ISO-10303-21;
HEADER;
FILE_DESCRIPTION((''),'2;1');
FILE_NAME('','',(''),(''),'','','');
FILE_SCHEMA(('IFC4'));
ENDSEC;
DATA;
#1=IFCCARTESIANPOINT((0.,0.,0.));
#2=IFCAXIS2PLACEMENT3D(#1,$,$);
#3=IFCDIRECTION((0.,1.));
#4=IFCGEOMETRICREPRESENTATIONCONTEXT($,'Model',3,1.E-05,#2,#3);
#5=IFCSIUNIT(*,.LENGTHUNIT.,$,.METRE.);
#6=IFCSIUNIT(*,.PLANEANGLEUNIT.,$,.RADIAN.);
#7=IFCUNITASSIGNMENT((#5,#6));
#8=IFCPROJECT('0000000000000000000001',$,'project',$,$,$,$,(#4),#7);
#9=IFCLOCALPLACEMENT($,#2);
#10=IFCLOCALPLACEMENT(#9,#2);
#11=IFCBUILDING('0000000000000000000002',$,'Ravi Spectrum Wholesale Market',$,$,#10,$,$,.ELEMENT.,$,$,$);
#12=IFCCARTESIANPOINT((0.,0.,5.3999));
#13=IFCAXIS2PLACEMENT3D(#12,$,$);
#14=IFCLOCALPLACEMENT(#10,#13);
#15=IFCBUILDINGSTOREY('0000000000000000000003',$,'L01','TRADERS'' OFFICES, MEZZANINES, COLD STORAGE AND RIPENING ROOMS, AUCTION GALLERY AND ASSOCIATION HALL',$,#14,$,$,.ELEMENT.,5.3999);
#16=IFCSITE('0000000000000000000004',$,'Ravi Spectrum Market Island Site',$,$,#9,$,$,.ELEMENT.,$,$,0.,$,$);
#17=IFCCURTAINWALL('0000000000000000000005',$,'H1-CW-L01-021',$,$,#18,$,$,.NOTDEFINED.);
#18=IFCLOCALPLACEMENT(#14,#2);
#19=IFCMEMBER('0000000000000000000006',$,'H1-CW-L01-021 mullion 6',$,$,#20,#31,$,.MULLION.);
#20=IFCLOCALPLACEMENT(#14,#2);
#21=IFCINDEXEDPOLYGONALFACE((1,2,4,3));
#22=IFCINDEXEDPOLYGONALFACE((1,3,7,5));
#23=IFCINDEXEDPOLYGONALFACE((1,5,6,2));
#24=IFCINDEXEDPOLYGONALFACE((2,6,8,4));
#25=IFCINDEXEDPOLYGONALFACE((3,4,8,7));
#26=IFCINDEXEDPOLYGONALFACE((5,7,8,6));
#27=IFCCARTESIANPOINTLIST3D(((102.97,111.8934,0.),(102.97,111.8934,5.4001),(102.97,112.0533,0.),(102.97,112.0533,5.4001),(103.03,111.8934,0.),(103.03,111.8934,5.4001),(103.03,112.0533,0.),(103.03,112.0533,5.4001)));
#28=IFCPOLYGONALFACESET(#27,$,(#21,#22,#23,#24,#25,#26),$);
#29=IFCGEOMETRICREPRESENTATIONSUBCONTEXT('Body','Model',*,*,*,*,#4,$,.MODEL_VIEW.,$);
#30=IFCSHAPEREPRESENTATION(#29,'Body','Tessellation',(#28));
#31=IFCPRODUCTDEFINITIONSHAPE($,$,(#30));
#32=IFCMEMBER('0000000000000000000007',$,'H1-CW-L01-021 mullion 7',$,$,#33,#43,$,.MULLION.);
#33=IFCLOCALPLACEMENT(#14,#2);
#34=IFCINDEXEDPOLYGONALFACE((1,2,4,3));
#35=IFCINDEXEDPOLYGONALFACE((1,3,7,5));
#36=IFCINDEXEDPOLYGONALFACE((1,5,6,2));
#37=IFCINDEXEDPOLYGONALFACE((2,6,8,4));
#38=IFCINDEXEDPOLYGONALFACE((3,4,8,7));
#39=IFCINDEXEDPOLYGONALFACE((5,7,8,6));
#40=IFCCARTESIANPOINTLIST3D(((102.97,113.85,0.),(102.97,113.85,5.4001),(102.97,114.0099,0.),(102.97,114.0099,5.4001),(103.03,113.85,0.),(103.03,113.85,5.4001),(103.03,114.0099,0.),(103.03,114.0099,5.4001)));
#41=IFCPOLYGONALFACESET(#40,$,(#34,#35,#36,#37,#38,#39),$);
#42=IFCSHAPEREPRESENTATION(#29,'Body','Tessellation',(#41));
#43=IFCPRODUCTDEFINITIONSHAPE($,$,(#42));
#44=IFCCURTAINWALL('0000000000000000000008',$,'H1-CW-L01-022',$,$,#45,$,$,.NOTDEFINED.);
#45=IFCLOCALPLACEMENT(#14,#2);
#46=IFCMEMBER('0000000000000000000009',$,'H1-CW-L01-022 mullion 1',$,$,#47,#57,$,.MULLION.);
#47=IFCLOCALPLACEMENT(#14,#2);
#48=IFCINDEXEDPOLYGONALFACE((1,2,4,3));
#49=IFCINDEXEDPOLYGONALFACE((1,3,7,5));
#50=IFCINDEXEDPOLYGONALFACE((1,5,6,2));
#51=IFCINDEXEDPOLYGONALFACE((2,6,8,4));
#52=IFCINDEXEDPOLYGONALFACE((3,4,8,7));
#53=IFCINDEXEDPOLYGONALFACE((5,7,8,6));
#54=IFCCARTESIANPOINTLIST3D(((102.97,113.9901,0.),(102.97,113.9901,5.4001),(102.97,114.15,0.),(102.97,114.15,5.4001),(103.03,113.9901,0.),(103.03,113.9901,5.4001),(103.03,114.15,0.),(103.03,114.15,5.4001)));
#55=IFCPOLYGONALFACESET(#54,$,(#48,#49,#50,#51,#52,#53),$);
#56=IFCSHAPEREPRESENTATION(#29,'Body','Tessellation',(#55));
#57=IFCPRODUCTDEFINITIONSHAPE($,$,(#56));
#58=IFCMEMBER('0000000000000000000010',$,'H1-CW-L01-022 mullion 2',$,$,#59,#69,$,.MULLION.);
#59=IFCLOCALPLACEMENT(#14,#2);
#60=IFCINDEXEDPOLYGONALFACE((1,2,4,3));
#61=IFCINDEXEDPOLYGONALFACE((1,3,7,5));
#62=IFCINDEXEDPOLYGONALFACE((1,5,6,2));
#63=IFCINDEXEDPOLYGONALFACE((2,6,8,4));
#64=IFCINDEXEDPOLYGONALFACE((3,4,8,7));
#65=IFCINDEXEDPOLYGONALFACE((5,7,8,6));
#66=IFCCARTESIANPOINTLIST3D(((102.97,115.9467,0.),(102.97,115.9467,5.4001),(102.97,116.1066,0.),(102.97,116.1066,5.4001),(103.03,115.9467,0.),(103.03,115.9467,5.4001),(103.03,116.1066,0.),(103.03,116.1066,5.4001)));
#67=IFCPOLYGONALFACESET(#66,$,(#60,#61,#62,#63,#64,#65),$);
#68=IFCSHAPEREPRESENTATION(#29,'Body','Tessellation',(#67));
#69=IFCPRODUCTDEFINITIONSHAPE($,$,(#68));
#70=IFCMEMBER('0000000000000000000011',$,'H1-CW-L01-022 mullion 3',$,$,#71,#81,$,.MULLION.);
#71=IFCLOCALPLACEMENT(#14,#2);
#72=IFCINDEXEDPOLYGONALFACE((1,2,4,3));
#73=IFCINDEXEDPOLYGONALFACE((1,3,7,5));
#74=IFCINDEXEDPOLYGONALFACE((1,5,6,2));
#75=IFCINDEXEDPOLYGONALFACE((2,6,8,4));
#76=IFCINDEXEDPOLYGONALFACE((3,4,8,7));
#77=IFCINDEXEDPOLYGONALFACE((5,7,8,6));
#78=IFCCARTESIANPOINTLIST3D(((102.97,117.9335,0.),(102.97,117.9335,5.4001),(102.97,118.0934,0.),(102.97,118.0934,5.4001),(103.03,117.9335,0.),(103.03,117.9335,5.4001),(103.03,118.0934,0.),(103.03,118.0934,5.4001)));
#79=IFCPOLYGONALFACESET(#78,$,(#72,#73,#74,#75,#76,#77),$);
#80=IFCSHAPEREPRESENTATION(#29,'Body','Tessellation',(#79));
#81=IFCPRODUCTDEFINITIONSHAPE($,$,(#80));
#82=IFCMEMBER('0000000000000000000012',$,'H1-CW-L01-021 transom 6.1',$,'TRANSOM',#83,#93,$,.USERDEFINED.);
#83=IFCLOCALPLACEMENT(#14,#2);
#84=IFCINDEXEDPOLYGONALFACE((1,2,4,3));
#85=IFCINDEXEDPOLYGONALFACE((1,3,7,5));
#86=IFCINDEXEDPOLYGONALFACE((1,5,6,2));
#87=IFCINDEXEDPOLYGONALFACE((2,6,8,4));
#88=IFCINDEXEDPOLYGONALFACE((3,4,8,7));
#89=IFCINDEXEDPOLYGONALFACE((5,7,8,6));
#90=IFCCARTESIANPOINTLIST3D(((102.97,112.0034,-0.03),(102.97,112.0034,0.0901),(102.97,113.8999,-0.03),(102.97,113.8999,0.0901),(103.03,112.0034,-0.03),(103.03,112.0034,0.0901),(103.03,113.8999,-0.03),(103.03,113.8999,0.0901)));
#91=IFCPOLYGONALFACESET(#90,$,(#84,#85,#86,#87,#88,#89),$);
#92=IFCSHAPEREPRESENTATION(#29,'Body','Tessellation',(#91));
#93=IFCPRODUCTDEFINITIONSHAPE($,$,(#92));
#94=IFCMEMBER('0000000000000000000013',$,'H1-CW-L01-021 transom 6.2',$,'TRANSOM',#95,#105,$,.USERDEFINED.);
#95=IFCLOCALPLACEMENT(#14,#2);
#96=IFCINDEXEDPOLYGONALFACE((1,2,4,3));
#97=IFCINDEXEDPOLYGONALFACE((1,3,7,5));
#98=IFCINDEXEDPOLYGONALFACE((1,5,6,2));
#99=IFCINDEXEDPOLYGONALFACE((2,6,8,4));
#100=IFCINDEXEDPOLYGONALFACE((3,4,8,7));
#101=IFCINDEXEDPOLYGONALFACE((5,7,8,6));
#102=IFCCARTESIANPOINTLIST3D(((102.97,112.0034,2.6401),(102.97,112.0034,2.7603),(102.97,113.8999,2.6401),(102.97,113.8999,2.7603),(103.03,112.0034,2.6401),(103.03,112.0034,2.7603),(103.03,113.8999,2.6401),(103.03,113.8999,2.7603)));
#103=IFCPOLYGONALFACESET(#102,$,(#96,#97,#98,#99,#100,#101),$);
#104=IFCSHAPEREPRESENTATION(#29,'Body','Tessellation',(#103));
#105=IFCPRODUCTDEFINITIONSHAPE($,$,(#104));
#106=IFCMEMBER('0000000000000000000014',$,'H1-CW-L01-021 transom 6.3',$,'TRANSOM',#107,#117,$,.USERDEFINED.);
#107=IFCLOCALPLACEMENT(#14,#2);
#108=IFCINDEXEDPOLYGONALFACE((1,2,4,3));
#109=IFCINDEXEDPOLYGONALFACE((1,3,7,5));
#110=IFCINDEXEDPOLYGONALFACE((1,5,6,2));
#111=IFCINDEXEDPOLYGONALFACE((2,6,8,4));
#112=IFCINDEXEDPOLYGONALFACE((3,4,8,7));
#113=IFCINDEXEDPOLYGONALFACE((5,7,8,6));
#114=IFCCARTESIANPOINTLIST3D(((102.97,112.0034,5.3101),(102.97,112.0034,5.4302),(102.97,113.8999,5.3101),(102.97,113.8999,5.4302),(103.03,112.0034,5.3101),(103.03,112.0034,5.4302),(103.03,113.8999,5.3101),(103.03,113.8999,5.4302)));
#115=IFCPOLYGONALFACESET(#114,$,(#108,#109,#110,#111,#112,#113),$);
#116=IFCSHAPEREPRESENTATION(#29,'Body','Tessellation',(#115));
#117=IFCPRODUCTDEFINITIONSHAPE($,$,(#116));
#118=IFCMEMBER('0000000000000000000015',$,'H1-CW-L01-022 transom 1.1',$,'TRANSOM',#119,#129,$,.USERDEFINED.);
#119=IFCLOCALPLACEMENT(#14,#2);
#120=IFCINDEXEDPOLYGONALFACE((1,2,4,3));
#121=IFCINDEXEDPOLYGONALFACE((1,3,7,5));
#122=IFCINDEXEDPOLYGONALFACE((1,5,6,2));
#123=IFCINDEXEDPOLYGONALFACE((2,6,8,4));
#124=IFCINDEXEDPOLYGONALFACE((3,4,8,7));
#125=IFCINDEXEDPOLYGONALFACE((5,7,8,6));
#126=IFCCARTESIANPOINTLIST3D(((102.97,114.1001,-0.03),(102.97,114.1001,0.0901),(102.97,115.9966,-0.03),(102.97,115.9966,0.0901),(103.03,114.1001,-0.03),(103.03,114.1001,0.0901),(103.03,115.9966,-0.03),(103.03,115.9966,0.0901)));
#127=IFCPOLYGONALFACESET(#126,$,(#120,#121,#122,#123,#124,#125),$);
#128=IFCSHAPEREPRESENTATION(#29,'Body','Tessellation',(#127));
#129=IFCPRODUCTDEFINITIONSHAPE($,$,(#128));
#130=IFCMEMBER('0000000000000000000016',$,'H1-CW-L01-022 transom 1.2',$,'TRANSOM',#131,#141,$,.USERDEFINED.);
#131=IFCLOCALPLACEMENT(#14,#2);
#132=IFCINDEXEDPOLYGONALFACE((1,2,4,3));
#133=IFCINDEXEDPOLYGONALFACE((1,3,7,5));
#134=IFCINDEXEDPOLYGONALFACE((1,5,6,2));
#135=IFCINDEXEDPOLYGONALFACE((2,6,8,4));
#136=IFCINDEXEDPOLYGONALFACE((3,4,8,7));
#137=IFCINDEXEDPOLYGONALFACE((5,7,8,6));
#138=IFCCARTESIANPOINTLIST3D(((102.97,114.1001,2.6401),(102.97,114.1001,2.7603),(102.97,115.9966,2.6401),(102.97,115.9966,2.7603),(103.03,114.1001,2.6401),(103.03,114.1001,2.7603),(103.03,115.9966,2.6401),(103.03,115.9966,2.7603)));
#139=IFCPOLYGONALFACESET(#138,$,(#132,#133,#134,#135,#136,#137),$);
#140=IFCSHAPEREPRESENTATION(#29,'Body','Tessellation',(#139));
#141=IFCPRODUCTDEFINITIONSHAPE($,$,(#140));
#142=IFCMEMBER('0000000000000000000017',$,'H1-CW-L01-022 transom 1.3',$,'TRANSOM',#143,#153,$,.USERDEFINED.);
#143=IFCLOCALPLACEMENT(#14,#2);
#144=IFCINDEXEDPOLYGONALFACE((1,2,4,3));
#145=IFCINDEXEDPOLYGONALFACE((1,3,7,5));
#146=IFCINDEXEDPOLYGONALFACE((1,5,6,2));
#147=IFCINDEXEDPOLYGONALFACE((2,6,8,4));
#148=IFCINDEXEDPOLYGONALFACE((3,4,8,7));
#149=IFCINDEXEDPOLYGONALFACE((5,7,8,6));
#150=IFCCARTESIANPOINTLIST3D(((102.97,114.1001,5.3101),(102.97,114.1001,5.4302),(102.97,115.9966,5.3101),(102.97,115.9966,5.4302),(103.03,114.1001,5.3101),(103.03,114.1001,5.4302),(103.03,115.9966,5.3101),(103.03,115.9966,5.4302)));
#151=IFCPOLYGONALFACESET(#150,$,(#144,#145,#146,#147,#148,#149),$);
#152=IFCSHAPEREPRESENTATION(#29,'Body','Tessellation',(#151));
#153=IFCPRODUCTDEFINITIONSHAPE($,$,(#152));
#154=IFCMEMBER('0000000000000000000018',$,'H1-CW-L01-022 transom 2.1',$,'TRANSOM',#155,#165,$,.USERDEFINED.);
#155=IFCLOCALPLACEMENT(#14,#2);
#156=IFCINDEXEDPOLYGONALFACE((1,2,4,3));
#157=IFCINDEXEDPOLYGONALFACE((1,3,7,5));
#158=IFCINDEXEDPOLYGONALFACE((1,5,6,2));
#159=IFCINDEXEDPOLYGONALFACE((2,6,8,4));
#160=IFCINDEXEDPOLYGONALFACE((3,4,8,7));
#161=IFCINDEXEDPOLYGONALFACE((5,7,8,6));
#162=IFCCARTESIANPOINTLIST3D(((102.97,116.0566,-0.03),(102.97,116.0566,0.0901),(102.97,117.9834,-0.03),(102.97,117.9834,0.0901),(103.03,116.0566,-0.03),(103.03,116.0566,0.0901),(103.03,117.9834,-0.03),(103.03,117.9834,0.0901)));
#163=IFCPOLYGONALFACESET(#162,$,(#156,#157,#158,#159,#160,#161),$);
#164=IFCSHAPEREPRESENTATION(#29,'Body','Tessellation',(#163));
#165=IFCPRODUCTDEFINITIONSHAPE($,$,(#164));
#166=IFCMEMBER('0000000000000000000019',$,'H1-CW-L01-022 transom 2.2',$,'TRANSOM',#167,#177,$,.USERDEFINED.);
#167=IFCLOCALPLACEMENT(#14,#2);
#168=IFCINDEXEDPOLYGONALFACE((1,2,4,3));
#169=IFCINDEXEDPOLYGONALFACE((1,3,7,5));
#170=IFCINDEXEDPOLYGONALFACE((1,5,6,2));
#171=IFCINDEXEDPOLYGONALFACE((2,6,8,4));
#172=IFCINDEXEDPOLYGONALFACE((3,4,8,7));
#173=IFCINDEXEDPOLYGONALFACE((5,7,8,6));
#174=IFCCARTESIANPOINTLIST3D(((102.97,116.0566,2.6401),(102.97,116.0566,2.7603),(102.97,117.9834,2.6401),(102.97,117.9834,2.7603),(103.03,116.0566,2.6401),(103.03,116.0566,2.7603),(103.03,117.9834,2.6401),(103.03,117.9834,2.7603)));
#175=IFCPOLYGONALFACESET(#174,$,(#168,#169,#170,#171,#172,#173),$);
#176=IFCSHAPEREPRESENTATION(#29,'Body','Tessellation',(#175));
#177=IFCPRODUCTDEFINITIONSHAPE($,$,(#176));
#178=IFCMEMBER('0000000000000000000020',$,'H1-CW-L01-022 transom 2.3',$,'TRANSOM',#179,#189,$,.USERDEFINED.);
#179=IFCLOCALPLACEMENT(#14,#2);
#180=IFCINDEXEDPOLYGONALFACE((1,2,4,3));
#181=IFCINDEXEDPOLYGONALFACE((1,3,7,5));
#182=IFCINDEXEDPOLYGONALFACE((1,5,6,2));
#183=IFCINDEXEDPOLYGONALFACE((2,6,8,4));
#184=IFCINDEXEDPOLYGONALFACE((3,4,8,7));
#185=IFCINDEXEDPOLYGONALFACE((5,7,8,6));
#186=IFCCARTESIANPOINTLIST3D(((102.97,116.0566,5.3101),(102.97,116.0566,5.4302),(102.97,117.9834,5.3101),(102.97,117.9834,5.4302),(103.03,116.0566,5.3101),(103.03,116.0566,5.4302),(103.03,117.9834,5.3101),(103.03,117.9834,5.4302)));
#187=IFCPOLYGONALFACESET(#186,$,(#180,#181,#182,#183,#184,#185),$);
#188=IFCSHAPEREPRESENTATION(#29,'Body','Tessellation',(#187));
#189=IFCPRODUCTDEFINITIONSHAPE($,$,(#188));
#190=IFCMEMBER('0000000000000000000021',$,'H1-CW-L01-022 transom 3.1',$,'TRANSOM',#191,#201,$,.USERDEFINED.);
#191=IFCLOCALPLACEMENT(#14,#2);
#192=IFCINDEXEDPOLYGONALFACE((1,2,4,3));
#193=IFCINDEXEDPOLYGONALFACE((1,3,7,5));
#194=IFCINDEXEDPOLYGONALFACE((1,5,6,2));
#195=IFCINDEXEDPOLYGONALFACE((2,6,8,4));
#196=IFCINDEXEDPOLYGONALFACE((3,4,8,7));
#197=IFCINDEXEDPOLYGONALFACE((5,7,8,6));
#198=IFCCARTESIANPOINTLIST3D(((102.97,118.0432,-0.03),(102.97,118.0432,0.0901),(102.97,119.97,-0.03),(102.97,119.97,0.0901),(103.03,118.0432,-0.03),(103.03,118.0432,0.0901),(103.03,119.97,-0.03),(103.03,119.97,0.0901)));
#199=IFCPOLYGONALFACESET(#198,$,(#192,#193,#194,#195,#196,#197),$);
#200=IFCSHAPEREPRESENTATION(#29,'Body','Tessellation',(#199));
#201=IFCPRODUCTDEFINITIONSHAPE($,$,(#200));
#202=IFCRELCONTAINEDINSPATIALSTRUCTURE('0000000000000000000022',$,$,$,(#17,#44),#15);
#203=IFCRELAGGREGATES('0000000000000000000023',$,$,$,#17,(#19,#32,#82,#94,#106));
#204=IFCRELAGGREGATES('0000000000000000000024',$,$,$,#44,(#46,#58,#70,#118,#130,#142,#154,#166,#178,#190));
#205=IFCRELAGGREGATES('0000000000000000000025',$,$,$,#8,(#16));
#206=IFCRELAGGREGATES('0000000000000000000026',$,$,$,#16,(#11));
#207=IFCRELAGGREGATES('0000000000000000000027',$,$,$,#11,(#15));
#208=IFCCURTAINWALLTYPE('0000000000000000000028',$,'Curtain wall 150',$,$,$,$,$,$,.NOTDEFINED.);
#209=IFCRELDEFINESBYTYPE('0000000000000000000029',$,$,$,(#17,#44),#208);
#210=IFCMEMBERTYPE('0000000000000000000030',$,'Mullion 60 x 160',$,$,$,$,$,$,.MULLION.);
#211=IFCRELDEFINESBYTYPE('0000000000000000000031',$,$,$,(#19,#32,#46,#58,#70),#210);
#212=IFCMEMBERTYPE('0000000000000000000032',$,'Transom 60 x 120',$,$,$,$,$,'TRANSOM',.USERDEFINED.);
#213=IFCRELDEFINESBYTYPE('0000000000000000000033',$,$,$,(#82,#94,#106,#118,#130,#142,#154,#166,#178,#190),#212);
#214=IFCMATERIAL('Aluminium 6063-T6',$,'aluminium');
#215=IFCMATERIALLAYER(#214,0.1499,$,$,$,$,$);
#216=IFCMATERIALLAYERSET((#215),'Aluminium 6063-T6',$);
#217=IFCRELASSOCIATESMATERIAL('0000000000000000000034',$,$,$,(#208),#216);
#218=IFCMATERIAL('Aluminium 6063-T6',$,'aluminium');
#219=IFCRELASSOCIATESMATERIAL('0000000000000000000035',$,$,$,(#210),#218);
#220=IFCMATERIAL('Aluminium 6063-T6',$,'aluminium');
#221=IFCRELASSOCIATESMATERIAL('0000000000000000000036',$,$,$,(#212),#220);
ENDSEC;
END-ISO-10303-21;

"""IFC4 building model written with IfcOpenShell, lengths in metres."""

from ifc_helpers import new_model, si_unit, direction, frame, origin, origin_2d, place, context, subcontext, project, spatial, rectangle, extrude, material, layer, layer_set, material_profile, profile_set, type_object, element, aggregate, save


model = new_model("IFC4")

# Units and contexts
model_context = context("Model", 3, precision=1e-05, world=origin(), true_north=direction((0.0, 1.0)))
body_context = subcontext(model_context, "Body", "Model", "MODEL_VIEW")
ifc_project = project(units=[si_unit("LENGTHUNIT", "METRE"), si_unit("PLANEANGLEUNIT", "RADIAN")], contexts=[model_context])

# Site, building, storey
site_placement = place(None, origin())
site = spatial("IfcSite", under=ifc_project, at=site_placement, Name="Ravi Spectrum Market Island Site", CompositionType="ELEMENT", RefElevation=0.0)
building_placement = place(site_placement, origin())
building = spatial("IfcBuilding", under=site, at=building_placement, Name="Ravi Spectrum Wholesale Market", CompositionType="ELEMENT")
storey_placement = place(building_placement, frame((0.0, 0.0, 5.3999)))
storey = spatial("IfcBuildingStorey", under=building, at=storey_placement, Name="L01", Description="TRADERS' OFFICES, MEZZANINES, COLD STORAGE AND RIPENING ROOMS, AUCTION GALLERY AND ASSOCIATION HALL", CompositionType="ELEMENT", Elevation=5.3999)

# Curtain walls, members
ifc_material_1 = material(Name="Aluminium 6063-T6", Category="aluminium")
ifc_layer_1 = layer(ifc_material_1, 0.1499)
ifc_layer_set_1 = layer_set([ifc_layer_1], Name="Aluminium 6063-T6")
curtain_wall_type = type_object("IfcCurtainWallType", Name="Curtain wall 150", PredefinedType="NOTDEFINED", material=ifc_layer_set_1)
curtain_wall_1_placement = place(storey_placement, origin())
curtain_wall_1 = element("IfcCurtainWall", 1, at=curtain_wall_1_placement, inside=storey, type_object=curtain_wall_type, Name="H1-CW-L01-021", PredefinedType="NOTDEFINED")
ifc_material_2 = material(Name="Aluminium 6063-T6", Category="aluminium")
ifc_material_profile_1 = material_profile(ifc_material_2, rectangle(XDim=0.0601, YDim=0.1599, at=origin_2d()))
ifc_profile_set_1 = profile_set([ifc_material_profile_1], Name="Aluminium 6063-T6")
member_type_1 = type_object("IfcMemberType", Name="Mullion 60 x 160", PredefinedType="MULLION", material=ifc_profile_set_1)
member_1_placement = place(storey_placement, frame((103.0, 111.9734, 0.0), z_axis=(0.0, 0.0, 1.0), x_axis=(-1.0, 0.0, 0.0)))
member_1 = element("IfcMember", 2, at=member_1_placement, type_object=member_type_1, Name="H1-CW-L01-021 mullion 6", PredefinedType="MULLION", context=body_context, shape_type="SweptSolid", body=[
    extrude(rectangle(XDim=0.0601, YDim=0.1599, at=origin_2d()), origin(), (0.0, 0.0, 1.0), 5.4001),
])
member_2_placement = place(storey_placement, frame((103.0, 113.9299, 0.0), z_axis=(0.0, 0.0, 1.0), x_axis=(-1.0, 0.0, 0.0)))
member_2 = element("IfcMember", 3, at=member_2_placement, type_object=member_type_1, Name="H1-CW-L01-021 mullion 7", PredefinedType="MULLION", context=body_context, shape_type="SweptSolid", body=[
    extrude(rectangle(XDim=0.0601, YDim=0.1599, at=origin_2d()), origin(), (0.0, 0.0, 1.0), 5.4001),
])
curtain_wall_2_placement = place(storey_placement, origin())
curtain_wall_2 = element("IfcCurtainWall", 4, at=curtain_wall_2_placement, inside=storey, type_object=curtain_wall_type, Name="H1-CW-L01-022", PredefinedType="NOTDEFINED")
member_3_placement = place(storey_placement, frame((103.0, 114.0701, 0.0), z_axis=(0.0, 0.0, 1.0), x_axis=(-1.0, 0.0, 0.0)))
member_3 = element("IfcMember", 5, at=member_3_placement, type_object=member_type_1, Name="H1-CW-L01-022 mullion 1", PredefinedType="MULLION", context=body_context, shape_type="SweptSolid", body=[
    extrude(rectangle(XDim=0.0601, YDim=0.1599, at=origin_2d()), origin(), (0.0, 0.0, 1.0), 5.4001),
])
member_4_placement = place(storey_placement, frame((103.0, 116.0266, 0.0), z_axis=(0.0, 0.0, 1.0), x_axis=(-1.0, 0.0, 0.0)))
member_4 = element("IfcMember", 6, at=member_4_placement, type_object=member_type_1, Name="H1-CW-L01-022 mullion 2", PredefinedType="MULLION", context=body_context, shape_type="SweptSolid", body=[
    extrude(rectangle(XDim=0.0601, YDim=0.1599, at=origin_2d()), origin(), (0.0, 0.0, 1.0), 5.4001),
])
member_5_placement = place(storey_placement, frame((103.0, 118.0134, 0.0), z_axis=(0.0, 0.0, 1.0), x_axis=(-1.0, 0.0, 0.0)))
member_5 = element("IfcMember", 7, at=member_5_placement, type_object=member_type_1, Name="H1-CW-L01-022 mullion 3", PredefinedType="MULLION", context=body_context, shape_type="SweptSolid", body=[
    extrude(rectangle(XDim=0.0601, YDim=0.1599, at=origin_2d()), origin(), (0.0, 0.0, 1.0), 5.4001),
])

# Members
ifc_material_3 = material(Name="Aluminium 6063-T6", Category="aluminium")
ifc_material_profile_2 = material_profile(ifc_material_3, rectangle(XDim=0.0601, YDim=0.1201, at=origin_2d()))
ifc_profile_set_2 = profile_set([ifc_material_profile_2], Name="Aluminium 6063-T6")
member_type_2 = type_object("IfcMemberType", Name="Transom 60 x 120", ElementType="TRANSOM", PredefinedType="USERDEFINED", material=ifc_profile_set_2)
member_6_placement = place(storey_placement, frame((103.0, 112.0034, 0.03), z_axis=(0.0, 1.0, 0.0), x_axis=(-1.0, 0.0, 0.0)))
member_6 = element("IfcMember", 8, at=member_6_placement, type_object=member_type_2, Name="H1-CW-L01-021 transom 6.1", ObjectType="TRANSOM", PredefinedType="USERDEFINED", context=body_context, shape_type="SweptSolid", body=[
    extrude(rectangle(XDim=0.0601, YDim=0.1201, at=origin_2d()), origin(), (0.0, 0.0, 1.0), 1.8965),
])
member_7_placement = place(storey_placement, frame((103.0, 112.0034, 2.7002), z_axis=(0.0, 1.0, 0.0), x_axis=(-1.0, 0.0, 0.0)))
member_7 = element("IfcMember", 9, at=member_7_placement, type_object=member_type_2, Name="H1-CW-L01-021 transom 6.2", ObjectType="TRANSOM", PredefinedType="USERDEFINED", context=body_context, shape_type="SweptSolid", body=[
    extrude(rectangle(XDim=0.0601, YDim=0.1201, at=origin_2d()), origin(), (0.0, 0.0, 1.0), 1.8965),
])
member_8_placement = place(storey_placement, frame((103.0, 112.0034, 5.3701), z_axis=(0.0, 1.0, 0.0), x_axis=(-1.0, 0.0, 0.0)))
member_8 = element("IfcMember", 10, at=member_8_placement, type_object=member_type_2, Name="H1-CW-L01-021 transom 6.3", ObjectType="TRANSOM", PredefinedType="USERDEFINED", context=body_context, shape_type="SweptSolid", body=[
    extrude(rectangle(XDim=0.0601, YDim=0.1201, at=origin_2d()), origin(), (0.0, 0.0, 1.0), 1.8965),
])
member_9_placement = place(storey_placement, frame((103.0, 114.1001, 0.03), z_axis=(0.0, 1.0, 0.0), x_axis=(-1.0, 0.0, 0.0)))
member_9 = element("IfcMember", 11, at=member_9_placement, type_object=member_type_2, Name="H1-CW-L01-022 transom 1.1", ObjectType="TRANSOM", PredefinedType="USERDEFINED", context=body_context, shape_type="SweptSolid", body=[
    extrude(rectangle(XDim=0.0601, YDim=0.1201, at=origin_2d()), origin(), (0.0, 0.0, 1.0), 1.8965),
])
member_10_placement = place(storey_placement, frame((103.0, 114.1001, 2.7002), z_axis=(0.0, 1.0, 0.0), x_axis=(-1.0, 0.0, 0.0)))
member_10 = element("IfcMember", 12, at=member_10_placement, type_object=member_type_2, Name="H1-CW-L01-022 transom 1.2", ObjectType="TRANSOM", PredefinedType="USERDEFINED", context=body_context, shape_type="SweptSolid", body=[
    extrude(rectangle(XDim=0.0601, YDim=0.1201, at=origin_2d()), origin(), (0.0, 0.0, 1.0), 1.8965),
])
member_11_placement = place(storey_placement, frame((103.0, 114.1001, 5.3701), z_axis=(0.0, 1.0, 0.0), x_axis=(-1.0, 0.0, 0.0)))
member_11 = element("IfcMember", 13, at=member_11_placement, type_object=member_type_2, Name="H1-CW-L01-022 transom 1.3", ObjectType="TRANSOM", PredefinedType="USERDEFINED", context=body_context, shape_type="SweptSolid", body=[
    extrude(rectangle(XDim=0.0601, YDim=0.1201, at=origin_2d()), origin(), (0.0, 0.0, 1.0), 1.8965),
])
member_12_placement = place(storey_placement, frame((103.0, 116.0566, 0.03), z_axis=(0.0, 1.0, 0.0), x_axis=(-1.0, 0.0, 0.0)))
member_12 = element("IfcMember", 14, at=member_12_placement, type_object=member_type_2, Name="H1-CW-L01-022 transom 2.1", ObjectType="TRANSOM", PredefinedType="USERDEFINED", context=body_context, shape_type="SweptSolid", body=[
    extrude(rectangle(XDim=0.0601, YDim=0.1201, at=origin_2d()), origin(), (0.0, 0.0, 1.0), 1.9268),
])
member_13_placement = place(storey_placement, frame((103.0, 116.0566, 2.7002), z_axis=(0.0, 1.0, 0.0), x_axis=(-1.0, 0.0, 0.0)))
member_13 = element("IfcMember", 15, at=member_13_placement, type_object=member_type_2, Name="H1-CW-L01-022 transom 2.2", ObjectType="TRANSOM", PredefinedType="USERDEFINED", context=body_context, shape_type="SweptSolid", body=[
    extrude(rectangle(XDim=0.0601, YDim=0.1201, at=origin_2d()), origin(), (0.0, 0.0, 1.0), 1.9268),
])
member_14_placement = place(storey_placement, frame((103.0, 116.0566, 5.3701), z_axis=(0.0, 1.0, 0.0), x_axis=(-1.0, 0.0, 0.0)))
member_14 = element("IfcMember", 16, at=member_14_placement, type_object=member_type_2, Name="H1-CW-L01-022 transom 2.3", ObjectType="TRANSOM", PredefinedType="USERDEFINED", context=body_context, shape_type="SweptSolid", body=[
    extrude(rectangle(XDim=0.0601, YDim=0.1201, at=origin_2d()), origin(), (0.0, 0.0, 1.0), 1.9268),
])
member_15_placement = place(storey_placement, frame((103.0, 118.0432, 0.03), z_axis=(0.0, 1.0, 0.0), x_axis=(-1.0, 0.0, 0.0)))
member_15 = element("IfcMember", 17, at=member_15_placement, type_object=member_type_2, Name="H1-CW-L01-022 transom 3.1", ObjectType="TRANSOM", PredefinedType="USERDEFINED", context=body_context, shape_type="SweptSolid", body=[
    extrude(rectangle(XDim=0.0601, YDim=0.1201, at=origin_2d()), origin(), (0.0, 0.0, 1.0), 1.9268),
])

aggregate(curtain_wall_1, [member_1, member_2, member_6, member_7, member_8])
aggregate(curtain_wall_2, [member_3, member_4, member_5, member_9, member_10, member_11, member_12, member_13, member_14, member_15])

save(model, "model.ifc")
